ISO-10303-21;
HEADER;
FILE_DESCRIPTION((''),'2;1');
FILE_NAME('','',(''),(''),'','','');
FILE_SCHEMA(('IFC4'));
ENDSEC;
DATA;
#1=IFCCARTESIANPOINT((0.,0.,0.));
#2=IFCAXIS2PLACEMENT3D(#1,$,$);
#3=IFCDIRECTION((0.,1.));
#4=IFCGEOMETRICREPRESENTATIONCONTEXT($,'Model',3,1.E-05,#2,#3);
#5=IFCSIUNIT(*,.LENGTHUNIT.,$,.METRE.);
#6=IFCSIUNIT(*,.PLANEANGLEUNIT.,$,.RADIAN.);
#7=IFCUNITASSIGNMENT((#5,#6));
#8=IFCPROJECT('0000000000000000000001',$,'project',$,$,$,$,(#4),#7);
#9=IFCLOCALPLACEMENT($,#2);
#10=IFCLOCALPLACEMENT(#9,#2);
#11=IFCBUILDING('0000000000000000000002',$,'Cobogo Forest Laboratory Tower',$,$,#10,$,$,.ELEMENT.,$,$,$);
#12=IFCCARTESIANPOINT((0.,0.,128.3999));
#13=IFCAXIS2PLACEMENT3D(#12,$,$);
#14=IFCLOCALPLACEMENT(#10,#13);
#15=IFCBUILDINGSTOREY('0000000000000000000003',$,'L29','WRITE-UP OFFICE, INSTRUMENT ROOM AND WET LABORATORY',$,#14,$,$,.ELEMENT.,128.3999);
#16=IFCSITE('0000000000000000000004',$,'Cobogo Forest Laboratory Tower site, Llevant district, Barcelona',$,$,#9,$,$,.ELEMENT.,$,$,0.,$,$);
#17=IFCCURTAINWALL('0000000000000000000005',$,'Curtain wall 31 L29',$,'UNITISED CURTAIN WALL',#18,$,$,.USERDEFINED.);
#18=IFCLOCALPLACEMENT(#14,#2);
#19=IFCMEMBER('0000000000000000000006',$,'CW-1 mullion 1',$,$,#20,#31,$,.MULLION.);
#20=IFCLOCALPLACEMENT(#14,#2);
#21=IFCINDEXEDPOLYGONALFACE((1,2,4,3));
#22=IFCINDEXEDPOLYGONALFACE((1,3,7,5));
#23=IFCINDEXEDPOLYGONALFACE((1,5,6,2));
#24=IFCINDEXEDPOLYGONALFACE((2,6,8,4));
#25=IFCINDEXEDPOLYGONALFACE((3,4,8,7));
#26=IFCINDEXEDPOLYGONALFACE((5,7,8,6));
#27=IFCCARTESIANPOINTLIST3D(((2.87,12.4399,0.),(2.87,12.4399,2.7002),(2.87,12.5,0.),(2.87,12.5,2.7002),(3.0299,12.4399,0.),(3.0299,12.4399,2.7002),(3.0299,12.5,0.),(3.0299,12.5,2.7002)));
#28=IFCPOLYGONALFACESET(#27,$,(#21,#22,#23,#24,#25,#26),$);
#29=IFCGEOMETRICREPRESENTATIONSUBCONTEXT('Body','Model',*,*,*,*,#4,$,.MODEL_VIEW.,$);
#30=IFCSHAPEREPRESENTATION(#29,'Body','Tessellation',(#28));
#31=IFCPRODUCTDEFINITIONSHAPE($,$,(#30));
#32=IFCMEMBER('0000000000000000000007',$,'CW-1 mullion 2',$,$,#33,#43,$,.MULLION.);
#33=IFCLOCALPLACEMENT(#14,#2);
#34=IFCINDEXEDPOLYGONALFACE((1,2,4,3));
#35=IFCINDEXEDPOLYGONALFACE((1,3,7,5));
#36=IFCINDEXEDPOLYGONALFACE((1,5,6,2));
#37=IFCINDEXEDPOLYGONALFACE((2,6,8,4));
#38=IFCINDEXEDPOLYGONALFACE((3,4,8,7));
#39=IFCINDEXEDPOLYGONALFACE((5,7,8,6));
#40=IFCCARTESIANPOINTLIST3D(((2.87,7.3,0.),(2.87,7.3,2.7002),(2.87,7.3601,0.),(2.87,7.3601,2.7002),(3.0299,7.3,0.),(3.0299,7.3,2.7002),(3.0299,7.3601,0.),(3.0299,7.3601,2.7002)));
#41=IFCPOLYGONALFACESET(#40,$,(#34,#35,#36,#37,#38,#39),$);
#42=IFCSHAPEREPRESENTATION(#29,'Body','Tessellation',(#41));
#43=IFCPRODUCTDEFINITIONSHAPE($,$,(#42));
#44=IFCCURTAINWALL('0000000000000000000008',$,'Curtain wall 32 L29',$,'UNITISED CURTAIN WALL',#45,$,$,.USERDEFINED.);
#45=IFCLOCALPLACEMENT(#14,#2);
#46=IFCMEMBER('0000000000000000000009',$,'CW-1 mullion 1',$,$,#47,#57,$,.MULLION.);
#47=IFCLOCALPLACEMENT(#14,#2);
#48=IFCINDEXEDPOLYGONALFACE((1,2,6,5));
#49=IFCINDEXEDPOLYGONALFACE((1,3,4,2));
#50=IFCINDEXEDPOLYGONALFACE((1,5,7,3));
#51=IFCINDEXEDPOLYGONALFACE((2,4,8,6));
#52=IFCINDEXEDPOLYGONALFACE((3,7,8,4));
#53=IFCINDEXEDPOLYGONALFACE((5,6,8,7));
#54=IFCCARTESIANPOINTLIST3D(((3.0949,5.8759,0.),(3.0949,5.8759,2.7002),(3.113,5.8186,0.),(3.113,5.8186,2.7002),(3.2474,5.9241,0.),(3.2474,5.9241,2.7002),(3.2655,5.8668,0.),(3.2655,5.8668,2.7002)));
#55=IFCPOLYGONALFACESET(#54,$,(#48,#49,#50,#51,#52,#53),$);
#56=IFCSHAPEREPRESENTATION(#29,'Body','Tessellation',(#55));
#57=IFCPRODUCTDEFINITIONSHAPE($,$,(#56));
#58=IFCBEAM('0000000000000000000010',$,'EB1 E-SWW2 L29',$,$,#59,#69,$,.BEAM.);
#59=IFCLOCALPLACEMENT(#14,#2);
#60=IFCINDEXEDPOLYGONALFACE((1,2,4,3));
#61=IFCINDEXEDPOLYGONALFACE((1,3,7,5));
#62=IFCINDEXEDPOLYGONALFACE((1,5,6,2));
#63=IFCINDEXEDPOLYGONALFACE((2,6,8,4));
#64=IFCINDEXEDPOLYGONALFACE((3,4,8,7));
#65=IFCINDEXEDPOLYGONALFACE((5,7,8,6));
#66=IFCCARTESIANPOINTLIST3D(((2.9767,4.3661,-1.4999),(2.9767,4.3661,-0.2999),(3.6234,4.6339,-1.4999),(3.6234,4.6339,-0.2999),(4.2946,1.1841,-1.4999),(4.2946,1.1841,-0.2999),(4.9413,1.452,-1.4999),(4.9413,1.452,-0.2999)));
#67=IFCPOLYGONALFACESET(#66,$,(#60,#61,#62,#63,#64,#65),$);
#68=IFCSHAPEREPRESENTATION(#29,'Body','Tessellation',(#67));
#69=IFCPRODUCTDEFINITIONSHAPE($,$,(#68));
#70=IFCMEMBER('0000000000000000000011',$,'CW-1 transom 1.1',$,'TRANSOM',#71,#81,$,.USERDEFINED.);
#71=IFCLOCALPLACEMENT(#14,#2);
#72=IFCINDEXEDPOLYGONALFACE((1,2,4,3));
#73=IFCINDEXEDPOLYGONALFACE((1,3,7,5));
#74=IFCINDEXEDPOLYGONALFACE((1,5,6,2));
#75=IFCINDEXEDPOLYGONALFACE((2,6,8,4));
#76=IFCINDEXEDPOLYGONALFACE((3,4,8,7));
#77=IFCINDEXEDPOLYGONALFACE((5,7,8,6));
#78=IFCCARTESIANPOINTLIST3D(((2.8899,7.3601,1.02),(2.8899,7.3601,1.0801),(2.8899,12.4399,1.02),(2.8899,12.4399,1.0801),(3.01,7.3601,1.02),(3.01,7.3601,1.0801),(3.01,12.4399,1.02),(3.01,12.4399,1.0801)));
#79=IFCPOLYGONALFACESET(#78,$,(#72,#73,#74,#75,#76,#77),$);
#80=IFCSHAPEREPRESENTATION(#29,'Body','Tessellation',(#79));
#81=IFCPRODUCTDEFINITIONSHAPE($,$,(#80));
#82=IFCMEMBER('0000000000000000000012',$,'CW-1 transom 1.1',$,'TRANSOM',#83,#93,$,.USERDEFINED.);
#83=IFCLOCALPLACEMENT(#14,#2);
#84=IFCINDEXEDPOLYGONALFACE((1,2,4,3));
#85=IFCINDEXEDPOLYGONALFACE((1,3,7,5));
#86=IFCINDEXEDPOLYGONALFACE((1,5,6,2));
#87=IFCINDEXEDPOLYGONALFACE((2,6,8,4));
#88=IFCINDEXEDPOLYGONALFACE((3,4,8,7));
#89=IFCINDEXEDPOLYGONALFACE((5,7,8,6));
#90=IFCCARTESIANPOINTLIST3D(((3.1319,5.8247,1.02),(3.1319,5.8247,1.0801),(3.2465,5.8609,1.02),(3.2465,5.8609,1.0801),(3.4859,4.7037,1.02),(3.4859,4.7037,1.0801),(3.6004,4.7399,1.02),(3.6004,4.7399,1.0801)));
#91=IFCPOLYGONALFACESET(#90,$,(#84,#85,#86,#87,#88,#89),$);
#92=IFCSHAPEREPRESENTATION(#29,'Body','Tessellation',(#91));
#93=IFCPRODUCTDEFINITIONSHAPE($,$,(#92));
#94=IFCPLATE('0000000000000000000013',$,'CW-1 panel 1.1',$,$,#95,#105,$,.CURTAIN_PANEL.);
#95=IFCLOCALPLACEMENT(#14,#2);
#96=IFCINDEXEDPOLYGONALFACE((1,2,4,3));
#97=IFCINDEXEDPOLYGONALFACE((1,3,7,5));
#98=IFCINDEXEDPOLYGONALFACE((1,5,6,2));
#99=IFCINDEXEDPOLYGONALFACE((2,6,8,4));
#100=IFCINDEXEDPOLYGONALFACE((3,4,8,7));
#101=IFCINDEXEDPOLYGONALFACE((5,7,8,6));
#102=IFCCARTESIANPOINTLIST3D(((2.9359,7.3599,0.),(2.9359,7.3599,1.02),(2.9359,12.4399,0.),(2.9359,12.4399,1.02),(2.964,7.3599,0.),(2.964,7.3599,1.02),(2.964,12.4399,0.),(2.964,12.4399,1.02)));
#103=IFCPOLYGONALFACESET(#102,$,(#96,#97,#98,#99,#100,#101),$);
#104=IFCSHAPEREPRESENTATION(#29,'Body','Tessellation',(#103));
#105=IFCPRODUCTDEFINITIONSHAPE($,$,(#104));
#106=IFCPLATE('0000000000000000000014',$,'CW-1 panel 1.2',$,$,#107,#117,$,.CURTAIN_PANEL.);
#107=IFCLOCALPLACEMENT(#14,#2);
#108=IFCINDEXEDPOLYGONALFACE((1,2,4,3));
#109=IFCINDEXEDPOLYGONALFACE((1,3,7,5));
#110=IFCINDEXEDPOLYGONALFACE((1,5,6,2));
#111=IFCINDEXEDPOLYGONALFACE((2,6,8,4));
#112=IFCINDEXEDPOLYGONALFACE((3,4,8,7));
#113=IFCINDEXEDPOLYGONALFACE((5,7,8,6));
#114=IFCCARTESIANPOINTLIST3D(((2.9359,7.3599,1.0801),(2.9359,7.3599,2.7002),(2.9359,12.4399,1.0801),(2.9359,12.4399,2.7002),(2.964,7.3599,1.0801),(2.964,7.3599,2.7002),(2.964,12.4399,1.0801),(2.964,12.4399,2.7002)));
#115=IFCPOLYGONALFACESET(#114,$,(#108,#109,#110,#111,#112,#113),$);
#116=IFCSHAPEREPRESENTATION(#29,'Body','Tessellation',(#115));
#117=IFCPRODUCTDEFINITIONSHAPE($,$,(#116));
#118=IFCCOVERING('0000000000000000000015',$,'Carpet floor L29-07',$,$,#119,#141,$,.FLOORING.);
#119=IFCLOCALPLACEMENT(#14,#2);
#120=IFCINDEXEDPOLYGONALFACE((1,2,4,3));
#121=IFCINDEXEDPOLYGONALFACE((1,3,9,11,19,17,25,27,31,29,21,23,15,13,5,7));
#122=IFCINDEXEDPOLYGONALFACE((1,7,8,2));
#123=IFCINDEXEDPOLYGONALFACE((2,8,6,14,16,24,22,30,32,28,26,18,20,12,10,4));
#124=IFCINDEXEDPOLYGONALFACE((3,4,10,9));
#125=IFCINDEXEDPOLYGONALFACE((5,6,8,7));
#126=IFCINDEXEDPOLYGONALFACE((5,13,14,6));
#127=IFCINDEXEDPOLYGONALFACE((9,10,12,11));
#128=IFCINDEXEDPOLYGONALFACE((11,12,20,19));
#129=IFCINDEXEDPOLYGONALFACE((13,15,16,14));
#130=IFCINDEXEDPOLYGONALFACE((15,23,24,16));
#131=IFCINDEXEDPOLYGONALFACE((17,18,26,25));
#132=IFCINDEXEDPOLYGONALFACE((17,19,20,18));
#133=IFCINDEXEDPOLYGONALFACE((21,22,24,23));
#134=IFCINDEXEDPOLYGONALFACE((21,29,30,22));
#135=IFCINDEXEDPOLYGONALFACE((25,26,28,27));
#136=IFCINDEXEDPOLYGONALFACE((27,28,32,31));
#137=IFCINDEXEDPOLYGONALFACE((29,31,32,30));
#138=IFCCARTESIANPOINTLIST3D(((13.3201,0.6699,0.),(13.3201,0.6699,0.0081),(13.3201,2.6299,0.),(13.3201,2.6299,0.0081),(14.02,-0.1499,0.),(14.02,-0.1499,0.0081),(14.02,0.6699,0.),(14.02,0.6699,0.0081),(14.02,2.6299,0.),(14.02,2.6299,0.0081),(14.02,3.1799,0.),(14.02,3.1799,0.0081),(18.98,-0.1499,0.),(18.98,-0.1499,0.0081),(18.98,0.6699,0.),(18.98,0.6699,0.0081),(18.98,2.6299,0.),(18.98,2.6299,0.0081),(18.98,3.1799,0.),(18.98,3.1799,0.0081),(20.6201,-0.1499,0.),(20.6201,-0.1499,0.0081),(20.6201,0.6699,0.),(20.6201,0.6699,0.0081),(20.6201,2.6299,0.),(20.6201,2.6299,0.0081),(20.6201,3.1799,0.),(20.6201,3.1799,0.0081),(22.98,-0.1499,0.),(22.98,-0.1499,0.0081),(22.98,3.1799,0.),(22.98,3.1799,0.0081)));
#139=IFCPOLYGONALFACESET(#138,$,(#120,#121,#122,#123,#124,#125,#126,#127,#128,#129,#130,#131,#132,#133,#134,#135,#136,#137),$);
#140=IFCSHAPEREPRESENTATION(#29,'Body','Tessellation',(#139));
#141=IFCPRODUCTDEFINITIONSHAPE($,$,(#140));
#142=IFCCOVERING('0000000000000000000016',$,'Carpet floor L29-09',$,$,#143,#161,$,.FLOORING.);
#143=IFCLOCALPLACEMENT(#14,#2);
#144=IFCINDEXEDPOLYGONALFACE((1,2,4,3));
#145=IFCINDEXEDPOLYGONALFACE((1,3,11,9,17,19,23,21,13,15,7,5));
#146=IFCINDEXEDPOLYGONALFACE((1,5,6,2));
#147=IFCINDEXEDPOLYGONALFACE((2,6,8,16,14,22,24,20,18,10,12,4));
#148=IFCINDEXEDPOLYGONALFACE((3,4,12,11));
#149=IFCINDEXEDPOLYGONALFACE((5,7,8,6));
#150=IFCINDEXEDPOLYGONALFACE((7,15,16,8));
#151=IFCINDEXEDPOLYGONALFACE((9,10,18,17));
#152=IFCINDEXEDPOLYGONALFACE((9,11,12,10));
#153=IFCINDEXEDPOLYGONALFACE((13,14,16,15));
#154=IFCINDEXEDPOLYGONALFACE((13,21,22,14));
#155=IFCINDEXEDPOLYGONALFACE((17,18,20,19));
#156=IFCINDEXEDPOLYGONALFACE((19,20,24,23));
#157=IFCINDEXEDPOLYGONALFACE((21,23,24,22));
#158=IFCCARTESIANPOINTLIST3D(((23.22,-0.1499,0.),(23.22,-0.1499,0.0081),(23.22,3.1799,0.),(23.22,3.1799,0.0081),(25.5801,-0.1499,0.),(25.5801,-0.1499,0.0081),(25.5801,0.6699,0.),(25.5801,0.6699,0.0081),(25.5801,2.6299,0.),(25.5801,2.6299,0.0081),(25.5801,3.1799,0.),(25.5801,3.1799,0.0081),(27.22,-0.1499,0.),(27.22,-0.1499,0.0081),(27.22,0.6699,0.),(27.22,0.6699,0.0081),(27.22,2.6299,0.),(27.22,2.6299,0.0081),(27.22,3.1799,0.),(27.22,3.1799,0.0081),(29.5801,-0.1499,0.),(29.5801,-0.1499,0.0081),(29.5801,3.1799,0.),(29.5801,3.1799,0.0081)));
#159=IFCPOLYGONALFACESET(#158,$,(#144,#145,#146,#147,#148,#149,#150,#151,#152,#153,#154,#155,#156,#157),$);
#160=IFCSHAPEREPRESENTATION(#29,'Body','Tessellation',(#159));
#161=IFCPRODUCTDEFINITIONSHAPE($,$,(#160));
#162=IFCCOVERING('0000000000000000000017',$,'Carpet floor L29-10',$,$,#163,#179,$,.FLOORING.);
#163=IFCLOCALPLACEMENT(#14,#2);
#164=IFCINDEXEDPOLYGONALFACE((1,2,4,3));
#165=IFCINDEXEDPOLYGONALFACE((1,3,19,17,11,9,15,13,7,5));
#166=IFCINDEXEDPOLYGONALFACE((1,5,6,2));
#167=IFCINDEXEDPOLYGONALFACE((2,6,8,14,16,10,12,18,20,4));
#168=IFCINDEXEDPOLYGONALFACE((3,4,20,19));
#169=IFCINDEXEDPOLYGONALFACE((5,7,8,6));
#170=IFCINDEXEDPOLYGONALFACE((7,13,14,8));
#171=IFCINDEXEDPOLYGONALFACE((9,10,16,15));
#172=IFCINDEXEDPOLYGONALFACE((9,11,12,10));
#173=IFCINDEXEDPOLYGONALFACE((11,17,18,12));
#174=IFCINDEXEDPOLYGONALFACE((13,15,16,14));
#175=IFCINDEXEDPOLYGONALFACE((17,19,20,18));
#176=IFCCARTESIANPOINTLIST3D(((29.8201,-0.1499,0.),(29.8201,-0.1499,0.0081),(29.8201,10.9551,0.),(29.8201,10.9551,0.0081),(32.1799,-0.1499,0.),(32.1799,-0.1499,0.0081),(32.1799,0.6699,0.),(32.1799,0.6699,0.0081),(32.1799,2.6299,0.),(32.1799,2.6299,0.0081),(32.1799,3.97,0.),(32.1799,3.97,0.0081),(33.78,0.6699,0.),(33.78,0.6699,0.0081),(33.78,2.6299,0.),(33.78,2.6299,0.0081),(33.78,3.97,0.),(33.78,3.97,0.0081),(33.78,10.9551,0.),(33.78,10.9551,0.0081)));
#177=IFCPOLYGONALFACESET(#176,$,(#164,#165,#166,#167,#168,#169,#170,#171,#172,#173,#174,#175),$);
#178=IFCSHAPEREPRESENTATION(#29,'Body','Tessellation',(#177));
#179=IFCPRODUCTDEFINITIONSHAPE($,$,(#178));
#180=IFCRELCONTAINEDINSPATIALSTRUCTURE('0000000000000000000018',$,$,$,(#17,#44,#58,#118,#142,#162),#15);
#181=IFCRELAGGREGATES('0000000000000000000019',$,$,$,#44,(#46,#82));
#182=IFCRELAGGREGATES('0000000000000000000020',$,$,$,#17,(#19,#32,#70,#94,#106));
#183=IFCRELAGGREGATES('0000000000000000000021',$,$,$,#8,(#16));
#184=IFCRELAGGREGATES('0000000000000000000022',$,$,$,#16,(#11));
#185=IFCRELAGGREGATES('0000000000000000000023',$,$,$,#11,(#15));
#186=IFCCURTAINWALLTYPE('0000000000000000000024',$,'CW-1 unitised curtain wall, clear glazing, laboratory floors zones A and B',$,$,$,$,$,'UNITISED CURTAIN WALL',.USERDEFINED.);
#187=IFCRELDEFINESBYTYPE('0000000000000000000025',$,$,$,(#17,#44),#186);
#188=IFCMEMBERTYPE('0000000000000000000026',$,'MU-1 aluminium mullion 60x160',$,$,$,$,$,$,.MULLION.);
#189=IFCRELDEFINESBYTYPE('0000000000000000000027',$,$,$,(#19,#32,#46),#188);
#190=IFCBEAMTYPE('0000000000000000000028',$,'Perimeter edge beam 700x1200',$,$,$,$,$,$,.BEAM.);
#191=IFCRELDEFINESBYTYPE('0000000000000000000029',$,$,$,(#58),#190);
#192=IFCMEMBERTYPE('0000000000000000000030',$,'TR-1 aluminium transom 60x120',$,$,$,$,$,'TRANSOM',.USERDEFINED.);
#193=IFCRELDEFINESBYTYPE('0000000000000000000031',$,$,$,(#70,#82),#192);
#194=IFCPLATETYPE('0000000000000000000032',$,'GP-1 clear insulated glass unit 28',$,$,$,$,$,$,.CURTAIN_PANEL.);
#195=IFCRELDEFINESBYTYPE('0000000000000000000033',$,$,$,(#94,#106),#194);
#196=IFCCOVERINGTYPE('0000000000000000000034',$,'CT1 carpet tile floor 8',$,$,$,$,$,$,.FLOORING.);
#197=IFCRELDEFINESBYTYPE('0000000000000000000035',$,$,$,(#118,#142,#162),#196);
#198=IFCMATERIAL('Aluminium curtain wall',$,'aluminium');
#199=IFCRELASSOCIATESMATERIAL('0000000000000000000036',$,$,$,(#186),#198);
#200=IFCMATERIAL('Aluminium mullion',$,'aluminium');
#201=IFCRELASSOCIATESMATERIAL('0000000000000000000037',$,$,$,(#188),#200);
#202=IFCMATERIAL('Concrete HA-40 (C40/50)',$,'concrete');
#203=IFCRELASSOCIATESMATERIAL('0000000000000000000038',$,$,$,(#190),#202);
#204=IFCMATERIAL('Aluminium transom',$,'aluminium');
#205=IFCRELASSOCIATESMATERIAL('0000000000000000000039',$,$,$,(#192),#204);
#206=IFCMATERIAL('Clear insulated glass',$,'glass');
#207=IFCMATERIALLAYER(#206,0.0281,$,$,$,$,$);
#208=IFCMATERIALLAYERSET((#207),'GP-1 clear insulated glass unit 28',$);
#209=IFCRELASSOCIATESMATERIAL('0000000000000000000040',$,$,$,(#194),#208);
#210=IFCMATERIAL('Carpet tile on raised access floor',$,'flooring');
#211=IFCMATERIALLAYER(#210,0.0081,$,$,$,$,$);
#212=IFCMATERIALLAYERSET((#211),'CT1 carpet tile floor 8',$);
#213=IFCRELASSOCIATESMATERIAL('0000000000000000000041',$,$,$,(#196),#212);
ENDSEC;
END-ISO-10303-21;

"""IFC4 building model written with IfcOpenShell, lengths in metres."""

from ifc_helpers import new_model, si_unit, direction, frame, origin, origin_2d, place, context, subcontext, project, spatial, polyline, rectangle, outline, extrude, material, layer, layer_set, material_profile, profile_set, type_object, element, aggregate, save


model = new_model("IFC4")

# Units and contexts
model_context = context("Model", 3, precision=1e-05, world=origin(), true_north=direction((0.0, 1.0)))
body_context = subcontext(model_context, "Body", "Model", "MODEL_VIEW")
ifc_project = project(units=[si_unit("LENGTHUNIT", "METRE"), si_unit("PLANEANGLEUNIT", "RADIAN")], contexts=[model_context])

# Site, building, storey
site_placement = place(None, origin())
site = spatial("IfcSite", under=ifc_project, at=site_placement, Name="Cobogo Forest Laboratory Tower site, Llevant district, Barcelona", CompositionType="ELEMENT", RefElevation=0.0)
building_placement = place(site_placement, origin())
building = spatial("IfcBuilding", under=site, at=building_placement, Name="Cobogo Forest Laboratory Tower", CompositionType="ELEMENT")
storey_placement = place(building_placement, frame((0.0, 0.0, 128.3999)))
storey = spatial("IfcBuildingStorey", under=building, at=storey_placement, Name="L29", Description="WRITE-UP OFFICE, INSTRUMENT ROOM AND WET LABORATORY", CompositionType="ELEMENT", Elevation=128.3999)

# Curtain wall, members
ifc_material_1 = material(Name="Aluminium curtain wall", Category="aluminium")
curtain_wall_type = type_object("IfcCurtainWallType", Name="CW-1 unitised curtain wall, clear glazing, laboratory floors zones A and B", ElementType="UNITISED CURTAIN WALL", PredefinedType="USERDEFINED", material=ifc_material_1)
curtain_wall_1_placement = place(storey_placement, origin())
curtain_wall_1 = element("IfcCurtainWall", 1, at=curtain_wall_1_placement, inside=storey, type_object=curtain_wall_type, Name="Curtain wall 31 L29", ObjectType="UNITISED CURTAIN WALL", PredefinedType="USERDEFINED")
ifc_material_2 = material(Name="Aluminium mullion", Category="aluminium")
ifc_material_profile_1 = material_profile(ifc_material_2, rectangle(XDim=0.0601, YDim=0.1599, at=origin_2d()), Name="AL 60x160")
ifc_profile_set_1 = profile_set([ifc_material_profile_1], Name="Aluminium mullion")
member_type_1 = type_object("IfcMemberType", Name="MU-1 aluminium mullion 60x160", PredefinedType="MULLION", material=ifc_profile_set_1)
member_1_placement = place(storey_placement, frame((2.95, 12.47, 0.0), z_axis=(0.0, 0.0, 1.0), x_axis=(0.0, -1.0, 0.0)))
member_1 = element("IfcMember", 2, at=member_1_placement, type_object=member_type_1, Name="CW-1 mullion 1", PredefinedType="MULLION", context=body_context, shape_type="SweptSolid", body=[
    extrude(rectangle(XDim=0.0601, YDim=0.1599, at=origin_2d()), origin(), (0.0, 0.0, 1.0), 2.7002),
])
member_2_placement = place(storey_placement, frame((2.95, 7.3301, 0.0), z_axis=(0.0, 0.0, 1.0), x_axis=(0.0, -1.0, 0.0)))
member_2 = element("IfcMember", 3, at=member_2_placement, type_object=member_type_1, Name="CW-1 mullion 2", PredefinedType="MULLION", context=body_context, shape_type="SweptSolid", body=[
    extrude(rectangle(XDim=0.0601, YDim=0.1599, at=origin_2d()), origin(), (0.0, 0.0, 1.0), 2.7002),
])

# Curtain wall, member
curtain_wall_2_placement = place(storey_placement, origin())
curtain_wall_2 = element("IfcCurtainWall", 4, at=curtain_wall_2_placement, inside=storey, type_object=curtain_wall_type, Name="Curtain wall 32 L29", ObjectType="UNITISED CURTAIN WALL", PredefinedType="USERDEFINED")
member_3_placement = place(storey_placement, frame((3.1802, 5.8713, 0.0), z_axis=(0.0, 0.0, 1.0), x_axis=(0.301135, -0.953581, 0.0)))
member_3 = element("IfcMember", 5, at=member_3_placement, type_object=member_type_1, Name="CW-1 mullion 1", PredefinedType="MULLION", context=body_context, shape_type="SweptSolid", body=[
    extrude(rectangle(XDim=0.0601, YDim=0.1599, at=origin_2d()), origin(), (0.0, 0.0, 1.0), 2.7002),
])

# Beam
ifc_material_3 = material(Name="Concrete HA-40 (C40/50)", Category="concrete")
ifc_material_profile_2 = material_profile(ifc_material_3, rectangle(XDim=0.7, YDim=1.2, at=origin_2d()), Name="RC 700x1200")
ifc_profile_set_2 = profile_set([ifc_material_profile_2], Name="Concrete HA-40 (C40/50)")
beam_type = type_object("IfcBeamType", Name="Perimeter edge beam 700x1200", PredefinedType="BEAM", material=ifc_profile_set_2)
beam_placement = place(storey_placement, frame((3.3, 4.5, -0.8999), z_axis=(0.382656, -0.923891, 0.0), x_axis=(0.923891, 0.382656, 0.0)))
element("IfcBeam", 6, at=beam_placement, inside=storey, type_object=beam_type, Name="EB1 E-SWW2 L29", PredefinedType="BEAM", context=body_context, shape_type="SweptSolid", body=[
    extrude(rectangle(XDim=0.7, YDim=1.2, at=origin_2d()), origin(), (0.0, 0.0, 1.0), 3.4441),
])

# Members
ifc_material_4 = material(Name="Aluminium transom", Category="aluminium")
ifc_material_profile_3 = material_profile(ifc_material_4, rectangle(XDim=0.1201, YDim=0.0601, at=origin_2d()), Name="AL 60x120")
ifc_profile_set_3 = profile_set([ifc_material_profile_3], Name="Aluminium transom")
member_type_2 = type_object("IfcMemberType", Name="TR-1 aluminium transom 60x120", ElementType="TRANSOM", PredefinedType="USERDEFINED", material=ifc_profile_set_3)
member_4_placement = place(storey_placement, frame((2.95, 12.4399, 1.05), z_axis=(0.0, -1.0, 0.0), x_axis=(1.0, 0.0, 0.0)))
member_4 = element("IfcMember", 7, at=member_4_placement, type_object=member_type_2, Name="CW-1 transom 1.1", ObjectType="TRANSOM", PredefinedType="USERDEFINED", context=body_context, shape_type="SweptSolid", body=[
    extrude(rectangle(XDim=0.1201, YDim=0.0601, at=origin_2d()), origin(), (0.0, 0.0, 1.0), 5.0798),
])
member_5_placement = place(storey_placement, frame((3.1892, 5.8428, 1.05), z_axis=(0.301111, -0.953589, 0.0), x_axis=(0.953589, 0.301111, 0.0)))
member_5 = element("IfcMember", 8, at=member_5_placement, type_object=member_type_2, Name="CW-1 transom 1.1", ObjectType="TRANSOM", PredefinedType="USERDEFINED", context=body_context, shape_type="SweptSolid", body=[
    extrude(rectangle(XDim=0.1201, YDim=0.0601, at=origin_2d()), origin(), (0.0, 0.0, 1.0), 1.1755),
])
aggregate(curtain_wall_2, [member_3, member_5])

# Plates
ifc_material_5 = material(Name="Clear insulated glass", Category="glass")
ifc_layer_1 = layer(ifc_material_5, 0.0281)
ifc_layer_set_1 = layer_set([ifc_layer_1], Name="GP-1 clear insulated glass unit 28")
plate_type_1 = type_object("IfcPlateType", Name="GP-1 clear insulated glass unit 28", PredefinedType="CURTAIN_PANEL", material=ifc_layer_set_1)
plate_1_placement = place(storey_placement, frame((2.95, 9.8999, 0.0), z_axis=(0.0, 0.0, 1.0), x_axis=(0.0, -1.0, 0.0)))
plate_1 = element("IfcPlate", 9, at=plate_1_placement, type_object=plate_type_1, Name="CW-1 panel 1.1", PredefinedType="CURTAIN_PANEL", context=body_context, shape_type="SweptSolid", body=[
    extrude(rectangle(XDim=5.0801, YDim=0.0281, at=origin_2d()), origin(), (0.0, 0.0, 1.0), 1.02),
])
plate_2_placement = place(storey_placement, frame((2.95, 9.8999, 1.0801), z_axis=(0.0, 0.0, 1.0), x_axis=(0.0, -1.0, 0.0)))
plate_2 = element("IfcPlate", 10, at=plate_2_placement, type_object=plate_type_1, Name="CW-1 panel 1.2", PredefinedType="CURTAIN_PANEL", context=body_context, shape_type="SweptSolid", body=[
    extrude(rectangle(XDim=5.0801, YDim=0.0281, at=origin_2d()), origin(), (0.0, 0.0, 1.0), 1.6201),
])
aggregate(curtain_wall_1, [member_1, member_2, member_4, plate_1, plate_2])

# Coverings
ifc_material_6 = material(Name="Carpet tile on raised access floor", Category="flooring")
ifc_layer_2 = layer(ifc_material_6, 0.0081)
ifc_layer_set_2 = layer_set([ifc_layer_2], Name="CT1 carpet tile floor 8")
covering_type_1 = type_object("IfcCoveringType", Name="CT1 carpet tile floor 8", PredefinedType="FLOORING", material=ifc_layer_set_2)
covering_1_placement = place(storey_placement, origin())
element("IfcCovering", 11, at=covering_1_placement, inside=storey, type_object=covering_type_1, Name="Carpet floor L29-07", PredefinedType="FLOORING", context=body_context, shape_type="SweptSolid", body=[
    extrude(outline(polyline([(18.98, 3.1799), (18.98, 2.6299), (20.6201, 2.6299), (20.6201, 3.1799), (22.98, 3.1799), (22.98, -0.1499), (20.6201, -0.1499), (20.6201, 0.6699), (18.98, 0.6699), (18.98, -0.1499), (14.02, -0.1499), (14.02, 0.6699), (13.3201, 0.6699), (13.3201, 2.6299), (14.02, 2.6299), (14.02, 3.1799), (18.98, 3.1799)])), origin(), (0.0, 0.0, 1.0), 0.0081),
])
covering_2_placement = place(storey_placement, origin())
element("IfcCovering", 12, at=covering_2_placement, inside=storey, type_object=covering_type_1, Name="Carpet floor L29-09", PredefinedType="FLOORING", context=body_context, shape_type="SweptSolid", body=[
    extrude(outline(polyline([(25.5801, 3.1799), (25.5801, 2.6299), (27.22, 2.6299), (27.22, 3.1799), (29.5801, 3.1799), (29.5801, -0.1499), (27.22, -0.1499), (27.22, 0.6699), (25.5801, 0.6699), (25.5801, -0.1499), (23.22, -0.1499), (23.22, 3.1799), (25.5801, 3.1799)])), origin(), (0.0, 0.0, 1.0), 0.0081),
])
covering_3_placement = place(storey_placement, origin())
element("IfcCovering", 13, at=covering_3_placement, inside=storey, type_object=covering_type_1, Name="Carpet floor L29-10", PredefinedType="FLOORING", context=body_context, shape_type="SweptSolid", body=[
    extrude(outline(polyline([(32.1799, 3.97), (32.1799, 2.6299), (33.78, 2.6299), (33.78, 0.6699), (32.1799, 0.6699), (32.1799, -0.1499), (29.8201, -0.1499), (29.8201, 10.9551), (33.78, 10.9551), (33.78, 3.97), (32.1799, 3.97)])), origin(), (0.0, 0.0, 1.0), 0.0081),
])

save(model, "model.ifc")
